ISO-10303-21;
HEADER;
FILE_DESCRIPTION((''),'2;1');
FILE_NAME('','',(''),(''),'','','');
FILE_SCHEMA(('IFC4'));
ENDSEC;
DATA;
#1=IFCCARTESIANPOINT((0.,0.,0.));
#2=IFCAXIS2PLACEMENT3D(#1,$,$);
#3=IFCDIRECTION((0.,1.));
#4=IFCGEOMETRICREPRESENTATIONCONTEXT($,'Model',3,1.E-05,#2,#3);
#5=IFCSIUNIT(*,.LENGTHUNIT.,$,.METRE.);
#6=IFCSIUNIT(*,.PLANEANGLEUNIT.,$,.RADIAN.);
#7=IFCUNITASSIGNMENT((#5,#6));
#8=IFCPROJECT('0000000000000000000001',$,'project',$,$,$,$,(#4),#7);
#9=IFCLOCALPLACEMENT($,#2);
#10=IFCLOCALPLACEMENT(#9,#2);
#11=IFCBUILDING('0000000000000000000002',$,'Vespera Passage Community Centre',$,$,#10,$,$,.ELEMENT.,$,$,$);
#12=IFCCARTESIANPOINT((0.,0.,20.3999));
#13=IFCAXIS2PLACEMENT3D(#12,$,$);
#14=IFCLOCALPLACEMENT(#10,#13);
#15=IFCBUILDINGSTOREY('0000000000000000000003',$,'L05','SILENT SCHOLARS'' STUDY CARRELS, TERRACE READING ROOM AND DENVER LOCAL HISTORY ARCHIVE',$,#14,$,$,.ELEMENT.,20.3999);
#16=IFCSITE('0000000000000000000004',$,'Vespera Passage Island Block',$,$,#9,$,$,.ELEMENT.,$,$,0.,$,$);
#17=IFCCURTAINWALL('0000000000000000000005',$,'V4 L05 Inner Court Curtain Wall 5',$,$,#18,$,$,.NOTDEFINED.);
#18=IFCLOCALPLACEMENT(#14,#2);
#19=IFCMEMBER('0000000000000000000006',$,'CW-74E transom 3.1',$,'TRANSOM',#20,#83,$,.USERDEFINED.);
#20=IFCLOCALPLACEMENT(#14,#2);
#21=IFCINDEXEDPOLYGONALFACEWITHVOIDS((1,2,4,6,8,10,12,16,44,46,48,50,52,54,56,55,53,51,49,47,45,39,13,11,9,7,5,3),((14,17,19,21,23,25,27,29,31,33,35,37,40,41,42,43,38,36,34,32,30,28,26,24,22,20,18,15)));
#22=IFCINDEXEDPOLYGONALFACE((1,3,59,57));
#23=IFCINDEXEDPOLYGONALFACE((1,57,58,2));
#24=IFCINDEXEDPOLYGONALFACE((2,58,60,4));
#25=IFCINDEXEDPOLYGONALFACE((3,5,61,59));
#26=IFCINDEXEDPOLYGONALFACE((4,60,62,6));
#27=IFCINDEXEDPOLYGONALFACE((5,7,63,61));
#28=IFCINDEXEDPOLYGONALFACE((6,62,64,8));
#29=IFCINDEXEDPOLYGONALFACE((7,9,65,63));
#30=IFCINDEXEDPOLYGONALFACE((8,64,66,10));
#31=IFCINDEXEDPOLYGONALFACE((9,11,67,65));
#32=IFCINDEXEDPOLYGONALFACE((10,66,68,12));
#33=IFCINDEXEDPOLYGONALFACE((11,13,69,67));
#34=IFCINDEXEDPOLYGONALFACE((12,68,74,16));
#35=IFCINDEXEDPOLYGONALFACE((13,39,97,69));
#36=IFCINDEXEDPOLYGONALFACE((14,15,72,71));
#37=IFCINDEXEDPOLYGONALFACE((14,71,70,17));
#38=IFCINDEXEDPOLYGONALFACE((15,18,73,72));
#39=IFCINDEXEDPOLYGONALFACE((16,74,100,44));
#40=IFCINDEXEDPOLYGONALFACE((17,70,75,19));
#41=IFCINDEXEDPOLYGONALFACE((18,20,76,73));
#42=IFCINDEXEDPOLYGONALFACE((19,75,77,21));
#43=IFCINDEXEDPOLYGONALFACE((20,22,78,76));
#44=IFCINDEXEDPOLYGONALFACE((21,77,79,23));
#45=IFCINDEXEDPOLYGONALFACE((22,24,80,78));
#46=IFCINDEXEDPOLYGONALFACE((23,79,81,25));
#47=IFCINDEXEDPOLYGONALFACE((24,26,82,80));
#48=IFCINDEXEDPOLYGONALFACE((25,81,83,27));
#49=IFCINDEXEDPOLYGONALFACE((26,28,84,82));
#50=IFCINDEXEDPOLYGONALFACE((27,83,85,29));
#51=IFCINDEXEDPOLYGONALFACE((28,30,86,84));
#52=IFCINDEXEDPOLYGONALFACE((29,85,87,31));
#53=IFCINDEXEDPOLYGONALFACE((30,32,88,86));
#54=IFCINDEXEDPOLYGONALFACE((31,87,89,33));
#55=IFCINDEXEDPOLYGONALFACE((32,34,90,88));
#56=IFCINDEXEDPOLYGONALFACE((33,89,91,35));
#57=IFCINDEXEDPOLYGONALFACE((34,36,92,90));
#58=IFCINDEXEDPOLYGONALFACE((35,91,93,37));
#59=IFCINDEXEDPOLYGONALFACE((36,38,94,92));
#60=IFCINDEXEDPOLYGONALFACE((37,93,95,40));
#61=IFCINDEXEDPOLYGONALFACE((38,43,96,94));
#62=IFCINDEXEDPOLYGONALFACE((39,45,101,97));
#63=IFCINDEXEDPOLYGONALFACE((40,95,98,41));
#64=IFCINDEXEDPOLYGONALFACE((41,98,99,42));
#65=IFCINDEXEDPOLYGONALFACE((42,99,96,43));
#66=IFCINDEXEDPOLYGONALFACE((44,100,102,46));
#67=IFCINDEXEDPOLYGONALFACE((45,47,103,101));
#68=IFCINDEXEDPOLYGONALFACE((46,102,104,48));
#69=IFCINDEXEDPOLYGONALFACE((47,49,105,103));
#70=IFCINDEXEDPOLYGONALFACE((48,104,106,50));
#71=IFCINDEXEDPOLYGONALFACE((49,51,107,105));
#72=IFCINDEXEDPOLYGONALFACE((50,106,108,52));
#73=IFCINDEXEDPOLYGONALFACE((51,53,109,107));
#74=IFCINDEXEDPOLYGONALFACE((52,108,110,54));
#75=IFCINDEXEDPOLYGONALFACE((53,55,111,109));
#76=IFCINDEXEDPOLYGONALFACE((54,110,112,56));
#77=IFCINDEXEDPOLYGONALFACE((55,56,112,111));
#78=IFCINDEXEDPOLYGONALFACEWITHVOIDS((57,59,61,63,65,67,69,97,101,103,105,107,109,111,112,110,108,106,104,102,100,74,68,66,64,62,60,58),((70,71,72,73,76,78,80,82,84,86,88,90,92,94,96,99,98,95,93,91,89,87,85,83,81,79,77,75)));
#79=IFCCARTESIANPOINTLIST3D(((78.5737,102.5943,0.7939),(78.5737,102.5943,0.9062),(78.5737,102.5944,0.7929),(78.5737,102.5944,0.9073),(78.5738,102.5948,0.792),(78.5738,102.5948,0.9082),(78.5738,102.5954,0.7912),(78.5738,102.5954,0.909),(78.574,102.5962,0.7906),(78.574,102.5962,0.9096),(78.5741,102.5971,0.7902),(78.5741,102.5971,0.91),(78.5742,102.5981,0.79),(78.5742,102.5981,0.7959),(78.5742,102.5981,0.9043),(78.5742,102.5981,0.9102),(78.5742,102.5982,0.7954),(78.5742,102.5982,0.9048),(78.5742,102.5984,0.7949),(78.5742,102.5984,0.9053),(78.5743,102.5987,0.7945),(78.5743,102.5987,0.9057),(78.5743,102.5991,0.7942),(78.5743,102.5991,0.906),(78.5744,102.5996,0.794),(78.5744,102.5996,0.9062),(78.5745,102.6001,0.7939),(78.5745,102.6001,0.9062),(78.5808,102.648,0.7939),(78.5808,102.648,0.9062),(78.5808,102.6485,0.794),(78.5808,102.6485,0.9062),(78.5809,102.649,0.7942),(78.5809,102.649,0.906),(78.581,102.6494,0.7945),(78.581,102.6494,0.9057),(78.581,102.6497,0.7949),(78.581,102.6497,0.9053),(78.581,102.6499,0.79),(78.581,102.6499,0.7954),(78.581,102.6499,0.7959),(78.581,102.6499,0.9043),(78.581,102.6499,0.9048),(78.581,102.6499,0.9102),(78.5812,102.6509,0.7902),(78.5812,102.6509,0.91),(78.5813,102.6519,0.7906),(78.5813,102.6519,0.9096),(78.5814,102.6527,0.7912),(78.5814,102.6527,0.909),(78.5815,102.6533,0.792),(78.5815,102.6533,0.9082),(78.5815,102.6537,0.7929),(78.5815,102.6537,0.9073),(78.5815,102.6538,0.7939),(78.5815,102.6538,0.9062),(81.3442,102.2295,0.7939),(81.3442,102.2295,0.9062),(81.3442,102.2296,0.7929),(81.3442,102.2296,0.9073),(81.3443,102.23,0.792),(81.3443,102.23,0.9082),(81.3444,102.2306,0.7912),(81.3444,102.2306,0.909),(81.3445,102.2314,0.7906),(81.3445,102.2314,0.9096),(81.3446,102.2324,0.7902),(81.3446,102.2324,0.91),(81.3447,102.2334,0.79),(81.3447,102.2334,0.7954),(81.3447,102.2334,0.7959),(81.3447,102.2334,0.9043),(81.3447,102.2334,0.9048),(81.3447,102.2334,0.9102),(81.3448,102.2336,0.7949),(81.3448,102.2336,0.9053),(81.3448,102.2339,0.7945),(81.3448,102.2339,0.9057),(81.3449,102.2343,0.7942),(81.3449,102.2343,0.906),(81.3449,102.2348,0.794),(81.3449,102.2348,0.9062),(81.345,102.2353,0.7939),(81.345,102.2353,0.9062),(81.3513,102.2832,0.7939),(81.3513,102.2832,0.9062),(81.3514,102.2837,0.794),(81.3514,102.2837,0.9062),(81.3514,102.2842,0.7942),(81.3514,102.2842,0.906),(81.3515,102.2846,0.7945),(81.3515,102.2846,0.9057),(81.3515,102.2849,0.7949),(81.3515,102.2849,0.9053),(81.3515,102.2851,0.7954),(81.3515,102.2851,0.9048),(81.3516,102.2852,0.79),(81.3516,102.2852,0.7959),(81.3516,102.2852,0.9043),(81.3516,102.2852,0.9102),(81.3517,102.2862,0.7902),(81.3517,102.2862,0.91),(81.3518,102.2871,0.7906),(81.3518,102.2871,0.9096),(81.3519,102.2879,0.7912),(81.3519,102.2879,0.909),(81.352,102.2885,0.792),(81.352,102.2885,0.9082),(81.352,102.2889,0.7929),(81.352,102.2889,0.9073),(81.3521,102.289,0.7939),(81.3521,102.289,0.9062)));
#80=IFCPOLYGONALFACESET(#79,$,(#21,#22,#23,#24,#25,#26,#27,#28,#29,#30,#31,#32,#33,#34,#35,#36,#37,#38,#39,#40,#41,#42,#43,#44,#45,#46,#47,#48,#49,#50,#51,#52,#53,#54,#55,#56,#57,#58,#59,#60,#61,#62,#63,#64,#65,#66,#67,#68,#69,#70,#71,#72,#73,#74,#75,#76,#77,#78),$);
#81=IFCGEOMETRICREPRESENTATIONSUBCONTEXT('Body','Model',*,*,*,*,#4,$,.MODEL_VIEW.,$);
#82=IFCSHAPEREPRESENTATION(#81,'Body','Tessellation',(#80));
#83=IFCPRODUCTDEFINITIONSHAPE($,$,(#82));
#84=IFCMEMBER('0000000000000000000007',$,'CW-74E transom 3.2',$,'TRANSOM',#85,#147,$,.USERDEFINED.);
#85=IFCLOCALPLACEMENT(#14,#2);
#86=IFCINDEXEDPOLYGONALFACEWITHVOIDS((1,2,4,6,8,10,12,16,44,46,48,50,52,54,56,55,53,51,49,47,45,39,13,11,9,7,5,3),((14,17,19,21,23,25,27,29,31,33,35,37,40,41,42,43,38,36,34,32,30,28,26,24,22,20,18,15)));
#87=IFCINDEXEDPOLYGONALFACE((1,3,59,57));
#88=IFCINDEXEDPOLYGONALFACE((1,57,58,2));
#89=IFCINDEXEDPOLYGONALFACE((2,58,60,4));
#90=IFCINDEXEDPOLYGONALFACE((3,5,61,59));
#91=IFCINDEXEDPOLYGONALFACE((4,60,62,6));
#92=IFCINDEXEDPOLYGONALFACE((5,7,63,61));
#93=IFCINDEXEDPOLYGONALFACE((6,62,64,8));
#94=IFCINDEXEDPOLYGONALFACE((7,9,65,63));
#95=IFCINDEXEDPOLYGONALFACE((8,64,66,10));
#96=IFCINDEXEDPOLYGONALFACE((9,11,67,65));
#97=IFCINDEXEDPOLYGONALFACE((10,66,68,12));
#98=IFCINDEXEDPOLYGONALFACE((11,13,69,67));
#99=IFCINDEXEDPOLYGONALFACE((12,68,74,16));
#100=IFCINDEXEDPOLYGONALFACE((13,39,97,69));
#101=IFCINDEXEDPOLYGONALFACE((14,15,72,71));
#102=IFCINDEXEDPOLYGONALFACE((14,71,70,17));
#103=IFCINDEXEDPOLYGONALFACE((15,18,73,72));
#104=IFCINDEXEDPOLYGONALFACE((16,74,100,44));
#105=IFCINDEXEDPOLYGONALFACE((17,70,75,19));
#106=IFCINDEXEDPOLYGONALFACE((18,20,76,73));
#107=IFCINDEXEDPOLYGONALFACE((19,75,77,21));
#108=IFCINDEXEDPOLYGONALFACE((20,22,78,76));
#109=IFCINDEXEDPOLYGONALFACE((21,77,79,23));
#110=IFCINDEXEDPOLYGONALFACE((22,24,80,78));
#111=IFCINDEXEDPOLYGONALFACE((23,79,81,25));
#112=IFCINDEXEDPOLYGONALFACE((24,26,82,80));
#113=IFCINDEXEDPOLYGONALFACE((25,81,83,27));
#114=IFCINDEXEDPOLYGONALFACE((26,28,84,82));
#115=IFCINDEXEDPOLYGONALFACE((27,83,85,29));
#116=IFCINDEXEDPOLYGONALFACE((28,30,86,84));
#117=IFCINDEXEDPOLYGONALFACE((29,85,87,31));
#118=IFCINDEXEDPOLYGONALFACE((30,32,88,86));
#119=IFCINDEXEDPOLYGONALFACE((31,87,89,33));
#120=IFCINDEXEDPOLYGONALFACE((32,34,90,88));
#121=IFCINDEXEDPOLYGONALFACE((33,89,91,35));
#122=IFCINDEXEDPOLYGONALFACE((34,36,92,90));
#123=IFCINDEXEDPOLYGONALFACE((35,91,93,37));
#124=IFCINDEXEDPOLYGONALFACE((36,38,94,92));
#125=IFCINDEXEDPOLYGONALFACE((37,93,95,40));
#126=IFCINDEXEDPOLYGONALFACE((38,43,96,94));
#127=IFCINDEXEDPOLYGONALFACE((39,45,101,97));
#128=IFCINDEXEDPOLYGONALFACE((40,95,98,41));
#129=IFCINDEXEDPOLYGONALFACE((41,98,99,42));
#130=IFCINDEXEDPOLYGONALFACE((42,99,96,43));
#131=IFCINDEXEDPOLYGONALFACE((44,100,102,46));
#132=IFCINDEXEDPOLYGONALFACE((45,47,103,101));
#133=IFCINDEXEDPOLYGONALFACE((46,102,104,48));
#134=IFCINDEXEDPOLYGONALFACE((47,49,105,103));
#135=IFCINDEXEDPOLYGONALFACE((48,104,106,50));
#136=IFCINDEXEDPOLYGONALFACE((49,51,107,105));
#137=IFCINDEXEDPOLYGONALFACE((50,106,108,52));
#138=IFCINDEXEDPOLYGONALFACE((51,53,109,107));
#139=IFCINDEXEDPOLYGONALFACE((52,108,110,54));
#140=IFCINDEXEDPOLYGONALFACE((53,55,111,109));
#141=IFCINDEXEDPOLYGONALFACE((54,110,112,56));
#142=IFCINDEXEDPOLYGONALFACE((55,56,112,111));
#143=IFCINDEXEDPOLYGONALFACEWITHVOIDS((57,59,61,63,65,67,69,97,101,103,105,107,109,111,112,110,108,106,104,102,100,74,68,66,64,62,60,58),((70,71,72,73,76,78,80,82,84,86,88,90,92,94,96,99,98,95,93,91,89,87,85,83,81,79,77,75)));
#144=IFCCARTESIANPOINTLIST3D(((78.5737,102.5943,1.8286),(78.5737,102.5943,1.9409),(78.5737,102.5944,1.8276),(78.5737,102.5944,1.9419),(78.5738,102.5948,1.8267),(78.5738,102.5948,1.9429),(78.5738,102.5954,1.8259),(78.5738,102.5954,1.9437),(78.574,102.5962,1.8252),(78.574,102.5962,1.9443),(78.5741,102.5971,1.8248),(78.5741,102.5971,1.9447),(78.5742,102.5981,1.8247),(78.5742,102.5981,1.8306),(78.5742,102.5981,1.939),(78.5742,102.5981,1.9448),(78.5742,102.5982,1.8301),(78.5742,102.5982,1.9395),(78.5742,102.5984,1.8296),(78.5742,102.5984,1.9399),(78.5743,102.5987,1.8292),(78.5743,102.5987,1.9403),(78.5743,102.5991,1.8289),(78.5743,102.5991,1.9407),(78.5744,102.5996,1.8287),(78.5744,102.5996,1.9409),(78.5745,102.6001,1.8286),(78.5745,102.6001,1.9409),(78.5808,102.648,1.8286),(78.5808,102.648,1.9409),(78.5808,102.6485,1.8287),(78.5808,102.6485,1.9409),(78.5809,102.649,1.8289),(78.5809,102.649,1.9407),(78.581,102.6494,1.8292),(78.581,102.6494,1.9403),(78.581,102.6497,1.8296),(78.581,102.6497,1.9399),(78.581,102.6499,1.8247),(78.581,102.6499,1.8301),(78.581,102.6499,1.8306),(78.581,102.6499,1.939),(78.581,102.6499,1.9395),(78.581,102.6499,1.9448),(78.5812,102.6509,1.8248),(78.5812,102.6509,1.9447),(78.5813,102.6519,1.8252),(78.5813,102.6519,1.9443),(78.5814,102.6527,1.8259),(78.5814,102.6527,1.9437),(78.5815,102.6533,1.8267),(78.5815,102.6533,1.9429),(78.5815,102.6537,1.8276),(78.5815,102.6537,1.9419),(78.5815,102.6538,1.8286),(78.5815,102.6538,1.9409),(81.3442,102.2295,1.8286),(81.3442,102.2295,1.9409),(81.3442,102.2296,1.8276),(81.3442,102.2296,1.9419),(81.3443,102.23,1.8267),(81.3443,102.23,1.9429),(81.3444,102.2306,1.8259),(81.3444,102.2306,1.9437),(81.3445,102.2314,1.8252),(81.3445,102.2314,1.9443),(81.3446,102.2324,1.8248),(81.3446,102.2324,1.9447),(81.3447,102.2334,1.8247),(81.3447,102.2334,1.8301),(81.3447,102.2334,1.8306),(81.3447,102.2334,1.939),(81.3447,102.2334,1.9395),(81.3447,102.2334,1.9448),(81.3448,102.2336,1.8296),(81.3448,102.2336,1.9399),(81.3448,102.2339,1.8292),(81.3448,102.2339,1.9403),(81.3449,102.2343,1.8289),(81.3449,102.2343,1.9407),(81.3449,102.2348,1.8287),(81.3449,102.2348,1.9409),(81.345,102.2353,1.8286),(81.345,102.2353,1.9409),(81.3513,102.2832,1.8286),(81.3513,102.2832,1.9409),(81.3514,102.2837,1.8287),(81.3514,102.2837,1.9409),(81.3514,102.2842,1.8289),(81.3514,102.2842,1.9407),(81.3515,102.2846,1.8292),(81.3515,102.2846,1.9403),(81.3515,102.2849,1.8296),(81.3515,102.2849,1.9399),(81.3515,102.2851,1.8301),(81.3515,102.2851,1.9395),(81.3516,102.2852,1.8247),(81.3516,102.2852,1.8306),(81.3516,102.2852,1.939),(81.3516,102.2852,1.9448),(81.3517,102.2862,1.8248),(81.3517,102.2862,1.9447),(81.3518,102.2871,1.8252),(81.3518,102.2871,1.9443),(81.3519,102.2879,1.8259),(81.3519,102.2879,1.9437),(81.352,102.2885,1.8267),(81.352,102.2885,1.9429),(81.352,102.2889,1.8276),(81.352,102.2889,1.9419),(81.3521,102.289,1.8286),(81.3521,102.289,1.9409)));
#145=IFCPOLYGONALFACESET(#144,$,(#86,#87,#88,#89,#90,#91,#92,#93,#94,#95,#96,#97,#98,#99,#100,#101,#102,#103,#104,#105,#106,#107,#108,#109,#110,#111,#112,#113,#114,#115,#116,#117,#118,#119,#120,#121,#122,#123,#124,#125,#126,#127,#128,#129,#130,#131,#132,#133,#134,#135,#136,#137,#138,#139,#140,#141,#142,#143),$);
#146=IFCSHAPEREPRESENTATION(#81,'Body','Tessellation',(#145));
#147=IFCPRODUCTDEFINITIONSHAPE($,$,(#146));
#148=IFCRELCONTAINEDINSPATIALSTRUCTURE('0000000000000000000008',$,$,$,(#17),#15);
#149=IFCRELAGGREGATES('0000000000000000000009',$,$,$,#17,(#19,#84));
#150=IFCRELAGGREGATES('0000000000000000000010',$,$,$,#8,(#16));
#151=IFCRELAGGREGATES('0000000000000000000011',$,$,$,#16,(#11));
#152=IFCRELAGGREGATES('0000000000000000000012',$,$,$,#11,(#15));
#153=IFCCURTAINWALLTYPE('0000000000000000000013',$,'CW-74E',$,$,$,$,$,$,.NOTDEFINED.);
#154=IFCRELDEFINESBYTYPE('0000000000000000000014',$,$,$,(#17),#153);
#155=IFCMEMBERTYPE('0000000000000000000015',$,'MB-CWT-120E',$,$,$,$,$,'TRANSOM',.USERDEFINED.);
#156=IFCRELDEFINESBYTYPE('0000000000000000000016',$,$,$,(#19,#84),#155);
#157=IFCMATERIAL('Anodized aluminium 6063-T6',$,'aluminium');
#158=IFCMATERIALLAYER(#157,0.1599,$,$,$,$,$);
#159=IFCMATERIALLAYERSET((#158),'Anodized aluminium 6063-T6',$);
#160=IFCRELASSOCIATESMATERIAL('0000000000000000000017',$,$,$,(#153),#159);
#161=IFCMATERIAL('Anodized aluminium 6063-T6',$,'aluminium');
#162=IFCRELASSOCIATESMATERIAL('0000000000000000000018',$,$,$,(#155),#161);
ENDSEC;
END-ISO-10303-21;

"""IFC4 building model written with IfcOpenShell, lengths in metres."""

from ifc_helpers import new_model, si_unit, direction, frame, origin, origin_2d, place, context, subcontext, project, spatial, hollow_rectangle, extrude, material, layer, layer_set, material_profile, profile_set, type_object, element, aggregate, save


model = new_model("IFC4")

# Units and contexts
model_context = context("Model", 3, precision=1e-05, world=origin(), true_north=direction((0.0, 1.0)))
body_context = subcontext(model_context, "Body", "Model", "MODEL_VIEW")
ifc_project = project(units=[si_unit("LENGTHUNIT", "METRE"), si_unit("PLANEANGLEUNIT", "RADIAN")], contexts=[model_context])

# Site, building, storey
site_placement = place(None, origin())
site = spatial("IfcSite", under=ifc_project, at=site_placement, Name="Vespera Passage Island Block", CompositionType="ELEMENT", RefElevation=0.0)
building_placement = place(site_placement, origin())
building = spatial("IfcBuilding", under=site, at=building_placement, Name="Vespera Passage Community Centre", CompositionType="ELEMENT")
storey_placement = place(building_placement, frame((0.0, 0.0, 20.3999)))
storey = spatial("IfcBuildingStorey", under=building, at=storey_placement, Name="L05", Description="SILENT SCHOLARS' STUDY CARRELS, TERRACE READING ROOM AND DENVER LOCAL HISTORY ARCHIVE", CompositionType="ELEMENT", Elevation=20.3999)

# Curtain wall
ifc_material_1 = material(Name="Anodized aluminium 6063-T6", Category="aluminium")
ifc_layer_1 = layer(ifc_material_1, 0.1599)
ifc_layer_set_1 = layer_set([ifc_layer_1], Name="Anodized aluminium 6063-T6")
curtain_wall_type_1 = type_object("IfcCurtainWallType", Name="CW-74E", PredefinedType="NOTDEFINED", material=ifc_layer_set_1)
curtain_wall_1_placement = place(storey_placement, origin())
curtain_wall_1 = element("IfcCurtainWall", 1, at=curtain_wall_1_placement, inside=storey, type_object=curtain_wall_type_1, Name="V4 L05 Inner Court Curtain Wall 5", PredefinedType="NOTDEFINED")

# Members
ifc_material_2 = material(Name="Anodized aluminium 6063-T6", Category="aluminium")
ifc_material_profile_1 = material_profile(ifc_material_2, hollow_rectangle(XDim=0.0601, YDim=0.1201, WallThickness=0.0039, InnerFilletRadius=0.002, OuterFilletRadius=0.0039, at=origin_2d()), Name="ALU120X60X4")
ifc_profile_set_1 = profile_set([ifc_material_profile_1], Name="Anodized aluminium 6063-T6")
member_type_1 = type_object("IfcMemberType", Name="MB-CWT-120E", ElementType="TRANSOM", PredefinedType="USERDEFINED", material=ifc_profile_set_1)
member_1_placement = place(storey_placement, frame((81.3481, 102.2593, 0.8501), z_axis=(-0.991445, 0.130527, 0.0), x_axis=(-0.130527, -0.991445, 0.0)))
member_1 = element("IfcMember", 2, at=member_1_placement, type_object=member_type_1, Name="CW-74E transom 3.1", ObjectType="TRANSOM", PredefinedType="USERDEFINED", context=body_context, shape_type="SweptSolid", body=[
    extrude(hollow_rectangle(XDim=0.0601, YDim=0.1201, WallThickness=0.0039, InnerFilletRadius=0.002, OuterFilletRadius=0.0039, at=origin_2d()), origin(), (0.0, 0.0, 1.0), 2.7944),
])
member_2_placement = place(storey_placement, frame((81.3481, 102.2593, 1.8848), z_axis=(-0.991445, 0.130527, 0.0), x_axis=(-0.130527, -0.991445, 0.0)))
member_2 = element("IfcMember", 3, at=member_2_placement, type_object=member_type_1, Name="CW-74E transom 3.2", ObjectType="TRANSOM", PredefinedType="USERDEFINED", context=body_context, shape_type="SweptSolid", body=[
    extrude(hollow_rectangle(XDim=0.0601, YDim=0.1201, WallThickness=0.0039, InnerFilletRadius=0.002, OuterFilletRadius=0.0039, at=origin_2d()), origin(), (0.0, 0.0, 1.0), 2.7944),
])

aggregate(curtain_wall_1, [member_1, member_2])

save(model, "model.ifc")
